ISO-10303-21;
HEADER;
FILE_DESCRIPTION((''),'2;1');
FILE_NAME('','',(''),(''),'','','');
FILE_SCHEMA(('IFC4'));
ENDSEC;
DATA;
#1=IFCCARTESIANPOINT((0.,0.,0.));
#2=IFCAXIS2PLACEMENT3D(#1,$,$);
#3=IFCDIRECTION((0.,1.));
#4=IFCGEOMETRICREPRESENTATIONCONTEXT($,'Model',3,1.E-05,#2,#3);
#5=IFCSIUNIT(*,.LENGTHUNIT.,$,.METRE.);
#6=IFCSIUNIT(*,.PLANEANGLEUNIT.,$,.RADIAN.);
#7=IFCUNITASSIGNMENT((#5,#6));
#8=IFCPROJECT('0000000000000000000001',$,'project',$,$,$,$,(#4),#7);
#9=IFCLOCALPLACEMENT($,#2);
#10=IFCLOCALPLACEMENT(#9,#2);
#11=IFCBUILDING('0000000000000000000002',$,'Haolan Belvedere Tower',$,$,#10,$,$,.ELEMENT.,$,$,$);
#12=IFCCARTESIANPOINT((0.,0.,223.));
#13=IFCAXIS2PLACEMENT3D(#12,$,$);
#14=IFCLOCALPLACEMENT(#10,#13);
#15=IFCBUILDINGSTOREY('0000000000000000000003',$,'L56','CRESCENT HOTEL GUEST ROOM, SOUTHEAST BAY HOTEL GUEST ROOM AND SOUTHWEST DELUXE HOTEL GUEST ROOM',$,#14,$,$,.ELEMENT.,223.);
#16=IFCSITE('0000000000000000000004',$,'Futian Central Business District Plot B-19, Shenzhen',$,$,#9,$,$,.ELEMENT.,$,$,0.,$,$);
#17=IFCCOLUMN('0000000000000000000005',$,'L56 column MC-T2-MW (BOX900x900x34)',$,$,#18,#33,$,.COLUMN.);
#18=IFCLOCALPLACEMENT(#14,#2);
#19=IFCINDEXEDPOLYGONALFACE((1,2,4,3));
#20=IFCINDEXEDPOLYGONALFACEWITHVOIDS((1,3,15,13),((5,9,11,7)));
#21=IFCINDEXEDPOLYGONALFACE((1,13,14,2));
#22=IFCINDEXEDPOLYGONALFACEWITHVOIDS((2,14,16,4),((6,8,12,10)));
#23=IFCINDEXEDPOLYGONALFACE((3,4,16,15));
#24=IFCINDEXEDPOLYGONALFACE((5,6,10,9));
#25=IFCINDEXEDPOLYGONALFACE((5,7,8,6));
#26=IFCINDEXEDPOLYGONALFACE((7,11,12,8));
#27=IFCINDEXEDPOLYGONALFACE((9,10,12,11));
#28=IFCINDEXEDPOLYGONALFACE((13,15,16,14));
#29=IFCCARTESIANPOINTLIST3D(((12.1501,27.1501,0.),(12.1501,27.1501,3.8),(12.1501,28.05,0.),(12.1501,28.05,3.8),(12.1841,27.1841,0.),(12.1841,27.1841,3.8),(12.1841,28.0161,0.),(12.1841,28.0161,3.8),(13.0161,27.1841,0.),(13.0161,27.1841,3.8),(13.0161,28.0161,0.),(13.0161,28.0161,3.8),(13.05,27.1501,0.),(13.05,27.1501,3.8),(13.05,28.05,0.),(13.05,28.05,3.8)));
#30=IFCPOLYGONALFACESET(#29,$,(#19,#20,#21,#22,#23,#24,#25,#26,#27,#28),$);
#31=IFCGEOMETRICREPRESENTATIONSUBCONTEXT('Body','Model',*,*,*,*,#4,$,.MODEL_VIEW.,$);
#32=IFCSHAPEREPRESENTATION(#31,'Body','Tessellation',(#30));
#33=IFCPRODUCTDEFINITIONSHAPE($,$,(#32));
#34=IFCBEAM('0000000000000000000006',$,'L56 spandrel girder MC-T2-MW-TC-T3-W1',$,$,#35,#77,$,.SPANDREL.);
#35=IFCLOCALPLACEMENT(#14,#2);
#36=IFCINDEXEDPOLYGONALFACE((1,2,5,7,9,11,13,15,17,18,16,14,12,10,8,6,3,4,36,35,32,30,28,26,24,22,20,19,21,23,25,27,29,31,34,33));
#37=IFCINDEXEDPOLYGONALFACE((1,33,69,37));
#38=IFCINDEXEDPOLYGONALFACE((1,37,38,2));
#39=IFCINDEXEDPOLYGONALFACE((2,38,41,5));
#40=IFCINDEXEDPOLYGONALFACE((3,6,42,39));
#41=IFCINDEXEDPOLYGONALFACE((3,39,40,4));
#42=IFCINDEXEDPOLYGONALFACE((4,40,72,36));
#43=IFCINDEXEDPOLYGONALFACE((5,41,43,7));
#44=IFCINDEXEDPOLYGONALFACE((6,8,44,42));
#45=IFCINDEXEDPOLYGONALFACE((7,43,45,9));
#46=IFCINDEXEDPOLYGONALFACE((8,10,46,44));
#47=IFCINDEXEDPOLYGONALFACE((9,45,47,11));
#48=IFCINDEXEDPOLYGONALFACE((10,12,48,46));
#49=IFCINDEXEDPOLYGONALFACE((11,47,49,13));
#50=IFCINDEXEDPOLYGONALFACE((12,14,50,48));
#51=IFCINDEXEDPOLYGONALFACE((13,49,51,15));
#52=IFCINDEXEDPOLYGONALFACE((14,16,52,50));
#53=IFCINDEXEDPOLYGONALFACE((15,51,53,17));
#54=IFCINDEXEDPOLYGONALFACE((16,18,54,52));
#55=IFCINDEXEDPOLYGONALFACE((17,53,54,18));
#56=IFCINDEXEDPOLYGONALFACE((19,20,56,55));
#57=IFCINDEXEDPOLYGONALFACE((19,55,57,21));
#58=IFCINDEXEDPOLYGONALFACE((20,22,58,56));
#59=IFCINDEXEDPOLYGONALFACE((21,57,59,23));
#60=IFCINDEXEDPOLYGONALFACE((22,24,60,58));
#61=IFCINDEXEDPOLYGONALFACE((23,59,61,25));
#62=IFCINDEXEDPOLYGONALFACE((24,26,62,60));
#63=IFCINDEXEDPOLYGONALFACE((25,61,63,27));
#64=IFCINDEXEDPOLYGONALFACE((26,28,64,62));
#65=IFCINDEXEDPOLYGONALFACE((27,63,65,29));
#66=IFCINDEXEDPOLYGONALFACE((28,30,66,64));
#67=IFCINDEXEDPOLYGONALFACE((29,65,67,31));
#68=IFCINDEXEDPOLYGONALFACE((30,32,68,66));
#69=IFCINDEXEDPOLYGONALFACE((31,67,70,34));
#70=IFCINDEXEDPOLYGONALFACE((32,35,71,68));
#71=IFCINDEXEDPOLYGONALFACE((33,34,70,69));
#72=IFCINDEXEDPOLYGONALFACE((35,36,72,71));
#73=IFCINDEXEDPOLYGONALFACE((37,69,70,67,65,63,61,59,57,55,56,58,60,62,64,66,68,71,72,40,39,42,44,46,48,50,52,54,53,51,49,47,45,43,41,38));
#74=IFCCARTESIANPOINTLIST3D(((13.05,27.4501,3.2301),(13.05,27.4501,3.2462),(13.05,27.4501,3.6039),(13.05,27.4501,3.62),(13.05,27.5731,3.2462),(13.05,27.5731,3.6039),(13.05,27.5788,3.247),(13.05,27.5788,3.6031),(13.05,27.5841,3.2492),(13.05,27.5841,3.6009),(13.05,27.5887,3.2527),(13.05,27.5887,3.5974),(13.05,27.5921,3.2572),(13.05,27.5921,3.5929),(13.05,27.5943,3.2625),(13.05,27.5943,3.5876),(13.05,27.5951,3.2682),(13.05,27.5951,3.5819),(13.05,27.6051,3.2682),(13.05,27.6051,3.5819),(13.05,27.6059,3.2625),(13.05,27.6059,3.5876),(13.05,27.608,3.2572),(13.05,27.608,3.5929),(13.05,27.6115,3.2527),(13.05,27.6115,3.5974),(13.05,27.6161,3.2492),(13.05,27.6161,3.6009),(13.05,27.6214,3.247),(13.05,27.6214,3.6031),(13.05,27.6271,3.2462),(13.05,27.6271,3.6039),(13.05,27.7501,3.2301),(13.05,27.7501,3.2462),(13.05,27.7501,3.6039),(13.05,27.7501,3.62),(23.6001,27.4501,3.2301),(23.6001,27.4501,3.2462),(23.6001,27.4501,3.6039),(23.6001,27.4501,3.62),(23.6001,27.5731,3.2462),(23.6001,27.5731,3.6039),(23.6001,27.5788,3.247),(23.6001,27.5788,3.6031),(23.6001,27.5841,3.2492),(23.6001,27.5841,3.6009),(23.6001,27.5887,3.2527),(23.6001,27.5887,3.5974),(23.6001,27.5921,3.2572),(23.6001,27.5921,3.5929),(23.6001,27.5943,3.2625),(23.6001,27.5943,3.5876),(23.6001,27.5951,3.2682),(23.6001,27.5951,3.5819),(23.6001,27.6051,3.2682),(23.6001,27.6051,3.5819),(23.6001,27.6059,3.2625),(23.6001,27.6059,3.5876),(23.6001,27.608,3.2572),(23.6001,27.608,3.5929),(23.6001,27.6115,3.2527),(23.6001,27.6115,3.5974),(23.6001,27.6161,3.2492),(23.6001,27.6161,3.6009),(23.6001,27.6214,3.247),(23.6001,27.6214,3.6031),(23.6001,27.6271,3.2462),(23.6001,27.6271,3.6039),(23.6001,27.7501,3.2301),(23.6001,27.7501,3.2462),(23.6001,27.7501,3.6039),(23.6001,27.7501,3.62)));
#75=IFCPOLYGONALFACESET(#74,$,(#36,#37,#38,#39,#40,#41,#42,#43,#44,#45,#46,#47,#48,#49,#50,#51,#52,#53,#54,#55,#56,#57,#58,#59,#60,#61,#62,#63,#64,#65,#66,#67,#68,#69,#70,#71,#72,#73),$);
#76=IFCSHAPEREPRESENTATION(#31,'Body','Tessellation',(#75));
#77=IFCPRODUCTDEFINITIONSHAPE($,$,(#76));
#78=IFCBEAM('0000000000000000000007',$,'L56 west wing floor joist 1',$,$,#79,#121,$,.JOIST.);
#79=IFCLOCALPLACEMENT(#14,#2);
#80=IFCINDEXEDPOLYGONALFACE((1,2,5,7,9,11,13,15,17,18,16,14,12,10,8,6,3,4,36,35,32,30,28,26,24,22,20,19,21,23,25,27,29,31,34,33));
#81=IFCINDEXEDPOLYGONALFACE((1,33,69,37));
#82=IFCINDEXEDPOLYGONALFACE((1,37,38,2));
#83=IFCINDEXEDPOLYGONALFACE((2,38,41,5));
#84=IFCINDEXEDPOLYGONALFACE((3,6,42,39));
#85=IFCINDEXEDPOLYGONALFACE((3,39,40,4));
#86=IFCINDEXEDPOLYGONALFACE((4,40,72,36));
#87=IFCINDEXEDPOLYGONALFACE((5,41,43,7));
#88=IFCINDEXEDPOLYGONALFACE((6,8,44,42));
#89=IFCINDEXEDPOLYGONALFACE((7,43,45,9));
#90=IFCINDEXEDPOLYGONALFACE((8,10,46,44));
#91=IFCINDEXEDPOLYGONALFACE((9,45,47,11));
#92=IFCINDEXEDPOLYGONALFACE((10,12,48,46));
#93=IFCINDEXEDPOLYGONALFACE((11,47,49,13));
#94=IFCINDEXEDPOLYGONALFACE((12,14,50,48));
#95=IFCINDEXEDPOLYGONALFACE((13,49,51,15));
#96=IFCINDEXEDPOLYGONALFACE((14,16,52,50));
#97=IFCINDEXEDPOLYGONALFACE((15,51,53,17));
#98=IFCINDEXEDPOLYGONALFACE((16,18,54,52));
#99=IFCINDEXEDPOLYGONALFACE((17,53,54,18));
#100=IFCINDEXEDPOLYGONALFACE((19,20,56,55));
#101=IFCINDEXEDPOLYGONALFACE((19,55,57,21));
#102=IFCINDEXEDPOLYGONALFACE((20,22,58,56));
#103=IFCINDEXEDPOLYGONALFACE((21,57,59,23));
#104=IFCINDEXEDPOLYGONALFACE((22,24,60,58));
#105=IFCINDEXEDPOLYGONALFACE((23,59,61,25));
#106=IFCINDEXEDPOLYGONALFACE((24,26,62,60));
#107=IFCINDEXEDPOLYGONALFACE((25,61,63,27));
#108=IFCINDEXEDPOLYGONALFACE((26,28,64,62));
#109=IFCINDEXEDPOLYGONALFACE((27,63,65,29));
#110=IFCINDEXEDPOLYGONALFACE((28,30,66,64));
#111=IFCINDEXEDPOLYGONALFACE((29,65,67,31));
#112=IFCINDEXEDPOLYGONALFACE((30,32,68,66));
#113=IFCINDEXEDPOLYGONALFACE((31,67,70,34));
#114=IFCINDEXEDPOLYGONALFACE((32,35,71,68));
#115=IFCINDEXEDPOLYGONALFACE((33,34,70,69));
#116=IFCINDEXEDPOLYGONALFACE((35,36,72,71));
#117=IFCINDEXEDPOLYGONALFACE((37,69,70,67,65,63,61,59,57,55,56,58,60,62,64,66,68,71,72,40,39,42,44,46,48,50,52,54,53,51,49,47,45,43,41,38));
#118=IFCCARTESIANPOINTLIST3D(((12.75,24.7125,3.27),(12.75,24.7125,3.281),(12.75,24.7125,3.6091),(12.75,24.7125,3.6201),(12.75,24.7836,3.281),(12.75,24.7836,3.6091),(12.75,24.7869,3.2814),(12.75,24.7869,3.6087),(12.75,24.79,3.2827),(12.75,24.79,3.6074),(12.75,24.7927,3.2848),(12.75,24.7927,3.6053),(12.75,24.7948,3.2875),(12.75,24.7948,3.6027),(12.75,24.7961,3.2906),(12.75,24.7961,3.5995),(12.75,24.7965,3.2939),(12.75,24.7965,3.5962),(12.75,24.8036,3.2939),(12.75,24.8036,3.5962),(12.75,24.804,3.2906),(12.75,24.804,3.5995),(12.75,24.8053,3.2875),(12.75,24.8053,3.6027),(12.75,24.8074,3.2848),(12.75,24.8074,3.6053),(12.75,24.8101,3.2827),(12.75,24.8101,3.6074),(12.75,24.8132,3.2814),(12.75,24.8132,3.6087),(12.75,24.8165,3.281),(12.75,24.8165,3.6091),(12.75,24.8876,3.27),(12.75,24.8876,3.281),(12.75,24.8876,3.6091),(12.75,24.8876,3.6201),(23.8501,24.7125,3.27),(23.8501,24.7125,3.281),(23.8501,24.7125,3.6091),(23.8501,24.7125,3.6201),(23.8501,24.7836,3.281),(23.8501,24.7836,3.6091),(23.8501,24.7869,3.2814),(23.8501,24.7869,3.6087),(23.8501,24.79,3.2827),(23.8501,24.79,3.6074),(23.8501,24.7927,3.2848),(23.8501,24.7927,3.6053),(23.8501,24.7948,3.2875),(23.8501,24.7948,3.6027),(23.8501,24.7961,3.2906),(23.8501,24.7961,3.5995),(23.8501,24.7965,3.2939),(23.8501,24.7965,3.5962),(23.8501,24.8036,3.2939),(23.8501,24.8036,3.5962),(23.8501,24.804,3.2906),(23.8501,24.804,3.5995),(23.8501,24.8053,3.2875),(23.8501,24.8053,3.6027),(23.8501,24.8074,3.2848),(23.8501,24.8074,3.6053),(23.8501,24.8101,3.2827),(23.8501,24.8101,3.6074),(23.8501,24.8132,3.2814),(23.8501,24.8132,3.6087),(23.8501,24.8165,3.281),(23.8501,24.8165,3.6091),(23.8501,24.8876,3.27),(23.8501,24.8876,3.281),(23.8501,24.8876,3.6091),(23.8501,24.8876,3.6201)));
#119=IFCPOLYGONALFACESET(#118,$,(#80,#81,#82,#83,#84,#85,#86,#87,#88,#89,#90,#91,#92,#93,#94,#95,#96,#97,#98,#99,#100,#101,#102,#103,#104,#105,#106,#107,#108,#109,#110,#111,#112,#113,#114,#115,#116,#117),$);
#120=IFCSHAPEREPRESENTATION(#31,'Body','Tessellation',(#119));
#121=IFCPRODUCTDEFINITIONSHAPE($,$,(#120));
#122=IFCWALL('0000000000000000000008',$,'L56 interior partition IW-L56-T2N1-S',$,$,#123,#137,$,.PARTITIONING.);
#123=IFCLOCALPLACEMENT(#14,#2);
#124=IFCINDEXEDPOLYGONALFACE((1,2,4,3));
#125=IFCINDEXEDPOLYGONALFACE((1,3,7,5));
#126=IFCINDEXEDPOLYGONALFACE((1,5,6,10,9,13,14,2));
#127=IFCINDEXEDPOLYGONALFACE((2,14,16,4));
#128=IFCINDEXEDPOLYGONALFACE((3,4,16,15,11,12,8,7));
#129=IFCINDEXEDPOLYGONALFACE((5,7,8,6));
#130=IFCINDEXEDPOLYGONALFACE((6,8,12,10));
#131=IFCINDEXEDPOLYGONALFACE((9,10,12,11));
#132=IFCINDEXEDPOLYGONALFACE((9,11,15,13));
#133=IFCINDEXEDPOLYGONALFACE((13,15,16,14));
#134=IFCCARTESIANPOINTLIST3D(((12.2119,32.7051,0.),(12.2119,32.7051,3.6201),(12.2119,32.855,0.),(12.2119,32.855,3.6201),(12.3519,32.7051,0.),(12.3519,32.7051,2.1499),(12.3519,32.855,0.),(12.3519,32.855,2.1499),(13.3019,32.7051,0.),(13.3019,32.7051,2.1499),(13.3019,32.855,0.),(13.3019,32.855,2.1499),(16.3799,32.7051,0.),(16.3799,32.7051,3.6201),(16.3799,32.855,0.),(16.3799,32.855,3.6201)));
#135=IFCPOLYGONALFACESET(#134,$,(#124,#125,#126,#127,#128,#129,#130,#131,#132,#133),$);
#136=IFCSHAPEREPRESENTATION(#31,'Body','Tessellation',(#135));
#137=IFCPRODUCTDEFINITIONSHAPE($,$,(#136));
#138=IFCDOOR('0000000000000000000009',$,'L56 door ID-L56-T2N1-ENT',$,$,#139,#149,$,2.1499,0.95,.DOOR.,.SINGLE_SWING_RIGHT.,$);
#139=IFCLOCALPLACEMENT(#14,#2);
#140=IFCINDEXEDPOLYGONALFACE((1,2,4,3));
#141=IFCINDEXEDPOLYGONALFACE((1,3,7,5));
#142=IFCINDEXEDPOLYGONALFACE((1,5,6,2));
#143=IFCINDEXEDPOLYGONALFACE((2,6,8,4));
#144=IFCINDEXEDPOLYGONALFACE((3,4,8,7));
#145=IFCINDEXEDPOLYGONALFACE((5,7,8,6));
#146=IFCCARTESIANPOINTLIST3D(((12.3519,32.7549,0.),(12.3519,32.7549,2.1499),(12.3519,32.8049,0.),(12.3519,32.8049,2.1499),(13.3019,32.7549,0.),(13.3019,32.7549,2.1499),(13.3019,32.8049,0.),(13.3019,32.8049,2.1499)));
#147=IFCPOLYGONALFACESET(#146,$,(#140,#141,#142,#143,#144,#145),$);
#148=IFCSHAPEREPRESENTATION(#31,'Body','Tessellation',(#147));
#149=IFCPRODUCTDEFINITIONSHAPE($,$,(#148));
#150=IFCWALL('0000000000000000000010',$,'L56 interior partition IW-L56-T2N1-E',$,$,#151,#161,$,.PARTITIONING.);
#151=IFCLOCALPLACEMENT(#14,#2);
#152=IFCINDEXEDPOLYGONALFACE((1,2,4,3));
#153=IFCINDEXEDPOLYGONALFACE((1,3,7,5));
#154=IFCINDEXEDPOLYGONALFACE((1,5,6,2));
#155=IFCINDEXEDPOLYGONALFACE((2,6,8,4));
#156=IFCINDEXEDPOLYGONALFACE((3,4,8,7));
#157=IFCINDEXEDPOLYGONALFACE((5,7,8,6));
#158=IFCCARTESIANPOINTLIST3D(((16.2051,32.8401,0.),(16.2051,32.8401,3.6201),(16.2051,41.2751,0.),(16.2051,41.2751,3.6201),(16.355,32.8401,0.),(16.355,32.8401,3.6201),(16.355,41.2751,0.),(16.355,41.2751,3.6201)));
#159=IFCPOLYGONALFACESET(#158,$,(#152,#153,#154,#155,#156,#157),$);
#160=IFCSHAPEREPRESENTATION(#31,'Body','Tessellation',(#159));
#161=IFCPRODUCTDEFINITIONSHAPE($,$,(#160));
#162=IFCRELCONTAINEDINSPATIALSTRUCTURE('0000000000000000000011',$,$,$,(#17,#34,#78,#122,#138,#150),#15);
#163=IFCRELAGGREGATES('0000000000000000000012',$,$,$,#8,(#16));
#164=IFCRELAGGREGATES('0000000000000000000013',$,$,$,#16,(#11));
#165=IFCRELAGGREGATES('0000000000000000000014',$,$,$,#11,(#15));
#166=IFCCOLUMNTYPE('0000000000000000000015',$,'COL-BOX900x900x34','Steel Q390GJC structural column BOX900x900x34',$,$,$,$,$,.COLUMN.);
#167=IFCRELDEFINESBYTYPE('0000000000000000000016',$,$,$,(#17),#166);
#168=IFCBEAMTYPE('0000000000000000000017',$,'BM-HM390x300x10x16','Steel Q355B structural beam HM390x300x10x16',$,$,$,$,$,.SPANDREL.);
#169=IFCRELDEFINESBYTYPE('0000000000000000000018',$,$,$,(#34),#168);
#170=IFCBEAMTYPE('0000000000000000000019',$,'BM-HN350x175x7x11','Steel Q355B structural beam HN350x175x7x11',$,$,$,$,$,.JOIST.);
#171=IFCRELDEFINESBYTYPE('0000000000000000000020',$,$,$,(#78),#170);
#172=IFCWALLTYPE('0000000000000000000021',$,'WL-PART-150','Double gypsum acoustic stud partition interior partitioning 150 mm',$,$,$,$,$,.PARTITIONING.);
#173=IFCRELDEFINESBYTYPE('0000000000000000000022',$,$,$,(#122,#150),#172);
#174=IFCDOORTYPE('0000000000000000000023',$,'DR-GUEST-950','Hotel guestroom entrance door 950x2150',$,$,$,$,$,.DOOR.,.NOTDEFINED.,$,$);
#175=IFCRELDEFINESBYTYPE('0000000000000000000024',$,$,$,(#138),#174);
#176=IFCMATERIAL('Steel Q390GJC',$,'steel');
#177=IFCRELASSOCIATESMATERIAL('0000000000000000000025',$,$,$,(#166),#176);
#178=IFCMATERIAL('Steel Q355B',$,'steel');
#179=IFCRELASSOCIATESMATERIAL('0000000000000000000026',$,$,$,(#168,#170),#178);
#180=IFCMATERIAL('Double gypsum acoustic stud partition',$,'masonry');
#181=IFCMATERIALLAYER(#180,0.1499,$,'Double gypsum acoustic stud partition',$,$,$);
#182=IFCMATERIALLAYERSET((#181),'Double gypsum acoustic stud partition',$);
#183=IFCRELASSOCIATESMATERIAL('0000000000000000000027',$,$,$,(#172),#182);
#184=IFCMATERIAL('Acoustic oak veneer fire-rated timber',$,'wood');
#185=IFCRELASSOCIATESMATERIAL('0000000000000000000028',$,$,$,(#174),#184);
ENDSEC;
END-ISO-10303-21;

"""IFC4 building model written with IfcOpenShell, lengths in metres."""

from ifc_helpers import new_model, si_unit, direction, frame, frame_2d, origin, origin_2d, place, context, subcontext, project, spatial, rectangle, hollow_rectangle, i_section, extrude, material, layer, layer_set, material_profile, profile_set, type_object, element, fill, save


model = new_model("IFC4")

# Units and contexts
model_context = context("Model", 3, precision=1e-05, world=origin(), true_north=direction((0.0, 1.0)))
body_context = subcontext(model_context, "Body", "Model", "MODEL_VIEW")
ifc_project = project(units=[si_unit("LENGTHUNIT", "METRE"), si_unit("PLANEANGLEUNIT", "RADIAN")], contexts=[model_context])

# Site, building, storey
site_placement = place(None, origin())
site = spatial("IfcSite", under=ifc_project, at=site_placement, Name="Futian Central Business District Plot B-19, Shenzhen", CompositionType="ELEMENT", RefElevation=0.0)
building_placement = place(site_placement, origin())
building = spatial("IfcBuilding", under=site, at=building_placement, Name="Haolan Belvedere Tower", CompositionType="ELEMENT")
storey_placement = place(building_placement, frame((0.0, 0.0, 223.0)))
storey = spatial("IfcBuildingStorey", under=building, at=storey_placement, Name="L56", Description="CRESCENT HOTEL GUEST ROOM, SOUTHEAST BAY HOTEL GUEST ROOM AND SOUTHWEST DELUXE HOTEL GUEST ROOM", CompositionType="ELEMENT", Elevation=223.0)

# Column
ifc_material_1 = material(Name="Steel Q390GJC", Category="steel")
ifc_material_profile_1 = material_profile(ifc_material_1, hollow_rectangle(XDim=0.8999, YDim=0.8999, WallThickness=0.0339, at=origin_2d()), Name="Steel Q390GJC")
ifc_profile_set_1 = profile_set([ifc_material_profile_1], Name="Steel Q390GJC")
column_type = type_object("IfcColumnType", Name="COL-BOX900x900x34", Description="Steel Q390GJC structural column BOX900x900x34", PredefinedType="COLUMN", material=ifc_profile_set_1)
column_placement = place(storey_placement, frame((12.6001, 27.6001, 0.0), z_axis=(0.0, 0.0, 1.0), x_axis=(1.0, 0.0, 0.0)))
element("IfcColumn", 1, at=column_placement, inside=storey, type_object=column_type, Name="L56 column MC-T2-MW (BOX900x900x34)", PredefinedType="COLUMN", context=body_context, shape_type="SweptSolid", body=[
    extrude(hollow_rectangle(XDim=0.8999, YDim=0.8999, WallThickness=0.0339, at=origin_2d()), origin(), (0.0, 0.0, 1.0), 3.8),
])

# Beams
ifc_material_2 = material(Name="Steel Q355B", Category="steel")
ifc_material_profile_2 = material_profile(ifc_material_2, i_section(OverallWidth=0.3, OverallDepth=0.3899, WebThickness=0.01, FlangeThickness=0.0161, FilletRadius=0.022, at=origin_2d()), Name="Steel Q355B")
ifc_profile_set_2 = profile_set([ifc_material_profile_2], Name="Steel Q355B")
beam_type_1 = type_object("IfcBeamType", Name="BM-HM390x300x10x16", Description="Steel Q355B structural beam HM390x300x10x16", PredefinedType="SPANDREL", material=ifc_profile_set_2)
beam_1_placement = place(storey_placement, frame((13.05, 27.6001, 3.425), z_axis=(1.0, 0.0, 0.0), x_axis=(0.0, 1.0, 0.0)))
element("IfcBeam", 2, at=beam_1_placement, inside=storey, type_object=beam_type_1, Name="L56 spandrel girder MC-T2-MW-TC-T3-W1", PredefinedType="SPANDREL", context=body_context, shape_type="SweptSolid", body=[
    extrude(i_section(OverallWidth=0.3, OverallDepth=0.3899, WebThickness=0.01, FlangeThickness=0.0161, FilletRadius=0.022, at=origin_2d()), origin(), (0.0, 0.0, 1.0), 10.55),
])
ifc_material_profile_3 = material_profile(ifc_material_2, i_section(OverallWidth=0.175, OverallDepth=0.3501, WebThickness=0.0071, FlangeThickness=0.011, FilletRadius=0.0129, at=origin_2d()), Name="Steel Q355B")
ifc_profile_set_3 = profile_set([ifc_material_profile_3], Name="Steel Q355B")
beam_type_2 = type_object("IfcBeamType", Name="BM-HN350x175x7x11", Description="Steel Q355B structural beam HN350x175x7x11", PredefinedType="JOIST", material=ifc_profile_set_3)
beam_2_placement = place(storey_placement, frame((12.75, 24.8, 3.4451), z_axis=(1.0, 0.0, 0.0), x_axis=(0.0, 1.0, 0.0)))
element("IfcBeam", 3, at=beam_2_placement, inside=storey, type_object=beam_type_2, Name="L56 west wing floor joist 1", PredefinedType="JOIST", context=body_context, shape_type="SweptSolid", body=[
    extrude(i_section(OverallWidth=0.175, OverallDepth=0.3501, WebThickness=0.0071, FlangeThickness=0.011, FilletRadius=0.0129, at=origin_2d()), origin(), (0.0, 0.0, 1.0), 11.1001),
])

# Wall, opening, door
ifc_material_3 = material(Name="Double gypsum acoustic stud partition", Category="masonry")
ifc_layer_1 = layer(ifc_material_3, 0.1499, Name="Double gypsum acoustic stud partition")
ifc_layer_set_1 = layer_set([ifc_layer_1], Name="Double gypsum acoustic stud partition")
wall_type_1 = type_object("IfcWallType", Name="WL-PART-150", Description="Double gypsum acoustic stud partition interior partitioning 150 mm", PredefinedType="PARTITIONING", material=ifc_layer_set_1)
wall_1_placement = place(storey_placement, frame((12.2119, 32.78, 0.0), z_axis=(0.0, 0.0, 1.0), x_axis=(1.0, 0.0, 0.0)))
wall_1 = element("IfcWall", 4, at=wall_1_placement, inside=storey, type_object=wall_type_1, Name="L56 interior partition IW-L56-T2N1-S", PredefinedType="PARTITIONING", context=body_context, shape_type="SweptSolid", body=[
    extrude(rectangle(XDim=4.168, YDim=0.1499, at=frame_2d((2.084, 0.0))), origin(), (0.0, 0.0, 1.0), 3.6201),
])
opening_1_placement = place(wall_1_placement, frame((0.1399, 0.0, 0.0)))
opening_1 = element("IfcOpeningElement", 5, at=opening_1_placement, cuts=wall_1, PredefinedType="OPENING", context=body_context, shape_type="SweptSolid", body=[
    extrude(rectangle(XDim=0.95, YDim=2.1499, at=frame_2d((0.4751, 1.075))), frame((0.0, 0.085, 0.0), z_axis=(0.0, -1.0, 0.0), x_axis=(1.0, 0.0, 0.0)), (0.0, 0.0, 1.0), 0.1699),
])
ifc_material_4 = material(Name="Acoustic oak veneer fire-rated timber", Category="wood")
door_type_1 = type_object("IfcDoorType", Name="DR-GUEST-950", Description="Hotel guestroom entrance door 950x2150", OperationType="NOTDEFINED", PredefinedType="DOOR", material=ifc_material_4)
door_1_placement = place(opening_1_placement, origin())
door_1 = element("IfcDoor", 6, at=door_1_placement, inside=storey, type_object=door_type_1, Name="L56 door ID-L56-T2N1-ENT", OperationType="SINGLE_SWING_RIGHT", OverallHeight=2.1499, OverallWidth=0.95, PredefinedType="DOOR", context=body_context, shape_type="SweptSolid", body=[
    extrude(rectangle(XDim=0.95, YDim=2.1499, at=frame_2d((0.4751, 1.075))), frame((0.0, 0.0249, 0.0), z_axis=(0.0, -1.0, 0.0), x_axis=(1.0, 0.0, 0.0)), (0.0, 0.0, 1.0), 0.05),
])
fill(opening_1, door_1)

# Wall
wall_2_placement = place(storey_placement, frame((16.28, 32.8401, 0.0), z_axis=(0.0, 0.0, 1.0), x_axis=(0.0, 1.0, 0.0)))
element("IfcWall", 7, at=wall_2_placement, inside=storey, type_object=wall_type_1, Name="L56 interior partition IW-L56-T2N1-E", PredefinedType="PARTITIONING", context=body_context, shape_type="SweptSolid", body=[
    extrude(rectangle(XDim=8.4351, YDim=0.1499, at=frame_2d((4.2175, 0.0))), origin(), (0.0, 0.0, 1.0), 3.6201),
])

save(model, "model.ifc")
